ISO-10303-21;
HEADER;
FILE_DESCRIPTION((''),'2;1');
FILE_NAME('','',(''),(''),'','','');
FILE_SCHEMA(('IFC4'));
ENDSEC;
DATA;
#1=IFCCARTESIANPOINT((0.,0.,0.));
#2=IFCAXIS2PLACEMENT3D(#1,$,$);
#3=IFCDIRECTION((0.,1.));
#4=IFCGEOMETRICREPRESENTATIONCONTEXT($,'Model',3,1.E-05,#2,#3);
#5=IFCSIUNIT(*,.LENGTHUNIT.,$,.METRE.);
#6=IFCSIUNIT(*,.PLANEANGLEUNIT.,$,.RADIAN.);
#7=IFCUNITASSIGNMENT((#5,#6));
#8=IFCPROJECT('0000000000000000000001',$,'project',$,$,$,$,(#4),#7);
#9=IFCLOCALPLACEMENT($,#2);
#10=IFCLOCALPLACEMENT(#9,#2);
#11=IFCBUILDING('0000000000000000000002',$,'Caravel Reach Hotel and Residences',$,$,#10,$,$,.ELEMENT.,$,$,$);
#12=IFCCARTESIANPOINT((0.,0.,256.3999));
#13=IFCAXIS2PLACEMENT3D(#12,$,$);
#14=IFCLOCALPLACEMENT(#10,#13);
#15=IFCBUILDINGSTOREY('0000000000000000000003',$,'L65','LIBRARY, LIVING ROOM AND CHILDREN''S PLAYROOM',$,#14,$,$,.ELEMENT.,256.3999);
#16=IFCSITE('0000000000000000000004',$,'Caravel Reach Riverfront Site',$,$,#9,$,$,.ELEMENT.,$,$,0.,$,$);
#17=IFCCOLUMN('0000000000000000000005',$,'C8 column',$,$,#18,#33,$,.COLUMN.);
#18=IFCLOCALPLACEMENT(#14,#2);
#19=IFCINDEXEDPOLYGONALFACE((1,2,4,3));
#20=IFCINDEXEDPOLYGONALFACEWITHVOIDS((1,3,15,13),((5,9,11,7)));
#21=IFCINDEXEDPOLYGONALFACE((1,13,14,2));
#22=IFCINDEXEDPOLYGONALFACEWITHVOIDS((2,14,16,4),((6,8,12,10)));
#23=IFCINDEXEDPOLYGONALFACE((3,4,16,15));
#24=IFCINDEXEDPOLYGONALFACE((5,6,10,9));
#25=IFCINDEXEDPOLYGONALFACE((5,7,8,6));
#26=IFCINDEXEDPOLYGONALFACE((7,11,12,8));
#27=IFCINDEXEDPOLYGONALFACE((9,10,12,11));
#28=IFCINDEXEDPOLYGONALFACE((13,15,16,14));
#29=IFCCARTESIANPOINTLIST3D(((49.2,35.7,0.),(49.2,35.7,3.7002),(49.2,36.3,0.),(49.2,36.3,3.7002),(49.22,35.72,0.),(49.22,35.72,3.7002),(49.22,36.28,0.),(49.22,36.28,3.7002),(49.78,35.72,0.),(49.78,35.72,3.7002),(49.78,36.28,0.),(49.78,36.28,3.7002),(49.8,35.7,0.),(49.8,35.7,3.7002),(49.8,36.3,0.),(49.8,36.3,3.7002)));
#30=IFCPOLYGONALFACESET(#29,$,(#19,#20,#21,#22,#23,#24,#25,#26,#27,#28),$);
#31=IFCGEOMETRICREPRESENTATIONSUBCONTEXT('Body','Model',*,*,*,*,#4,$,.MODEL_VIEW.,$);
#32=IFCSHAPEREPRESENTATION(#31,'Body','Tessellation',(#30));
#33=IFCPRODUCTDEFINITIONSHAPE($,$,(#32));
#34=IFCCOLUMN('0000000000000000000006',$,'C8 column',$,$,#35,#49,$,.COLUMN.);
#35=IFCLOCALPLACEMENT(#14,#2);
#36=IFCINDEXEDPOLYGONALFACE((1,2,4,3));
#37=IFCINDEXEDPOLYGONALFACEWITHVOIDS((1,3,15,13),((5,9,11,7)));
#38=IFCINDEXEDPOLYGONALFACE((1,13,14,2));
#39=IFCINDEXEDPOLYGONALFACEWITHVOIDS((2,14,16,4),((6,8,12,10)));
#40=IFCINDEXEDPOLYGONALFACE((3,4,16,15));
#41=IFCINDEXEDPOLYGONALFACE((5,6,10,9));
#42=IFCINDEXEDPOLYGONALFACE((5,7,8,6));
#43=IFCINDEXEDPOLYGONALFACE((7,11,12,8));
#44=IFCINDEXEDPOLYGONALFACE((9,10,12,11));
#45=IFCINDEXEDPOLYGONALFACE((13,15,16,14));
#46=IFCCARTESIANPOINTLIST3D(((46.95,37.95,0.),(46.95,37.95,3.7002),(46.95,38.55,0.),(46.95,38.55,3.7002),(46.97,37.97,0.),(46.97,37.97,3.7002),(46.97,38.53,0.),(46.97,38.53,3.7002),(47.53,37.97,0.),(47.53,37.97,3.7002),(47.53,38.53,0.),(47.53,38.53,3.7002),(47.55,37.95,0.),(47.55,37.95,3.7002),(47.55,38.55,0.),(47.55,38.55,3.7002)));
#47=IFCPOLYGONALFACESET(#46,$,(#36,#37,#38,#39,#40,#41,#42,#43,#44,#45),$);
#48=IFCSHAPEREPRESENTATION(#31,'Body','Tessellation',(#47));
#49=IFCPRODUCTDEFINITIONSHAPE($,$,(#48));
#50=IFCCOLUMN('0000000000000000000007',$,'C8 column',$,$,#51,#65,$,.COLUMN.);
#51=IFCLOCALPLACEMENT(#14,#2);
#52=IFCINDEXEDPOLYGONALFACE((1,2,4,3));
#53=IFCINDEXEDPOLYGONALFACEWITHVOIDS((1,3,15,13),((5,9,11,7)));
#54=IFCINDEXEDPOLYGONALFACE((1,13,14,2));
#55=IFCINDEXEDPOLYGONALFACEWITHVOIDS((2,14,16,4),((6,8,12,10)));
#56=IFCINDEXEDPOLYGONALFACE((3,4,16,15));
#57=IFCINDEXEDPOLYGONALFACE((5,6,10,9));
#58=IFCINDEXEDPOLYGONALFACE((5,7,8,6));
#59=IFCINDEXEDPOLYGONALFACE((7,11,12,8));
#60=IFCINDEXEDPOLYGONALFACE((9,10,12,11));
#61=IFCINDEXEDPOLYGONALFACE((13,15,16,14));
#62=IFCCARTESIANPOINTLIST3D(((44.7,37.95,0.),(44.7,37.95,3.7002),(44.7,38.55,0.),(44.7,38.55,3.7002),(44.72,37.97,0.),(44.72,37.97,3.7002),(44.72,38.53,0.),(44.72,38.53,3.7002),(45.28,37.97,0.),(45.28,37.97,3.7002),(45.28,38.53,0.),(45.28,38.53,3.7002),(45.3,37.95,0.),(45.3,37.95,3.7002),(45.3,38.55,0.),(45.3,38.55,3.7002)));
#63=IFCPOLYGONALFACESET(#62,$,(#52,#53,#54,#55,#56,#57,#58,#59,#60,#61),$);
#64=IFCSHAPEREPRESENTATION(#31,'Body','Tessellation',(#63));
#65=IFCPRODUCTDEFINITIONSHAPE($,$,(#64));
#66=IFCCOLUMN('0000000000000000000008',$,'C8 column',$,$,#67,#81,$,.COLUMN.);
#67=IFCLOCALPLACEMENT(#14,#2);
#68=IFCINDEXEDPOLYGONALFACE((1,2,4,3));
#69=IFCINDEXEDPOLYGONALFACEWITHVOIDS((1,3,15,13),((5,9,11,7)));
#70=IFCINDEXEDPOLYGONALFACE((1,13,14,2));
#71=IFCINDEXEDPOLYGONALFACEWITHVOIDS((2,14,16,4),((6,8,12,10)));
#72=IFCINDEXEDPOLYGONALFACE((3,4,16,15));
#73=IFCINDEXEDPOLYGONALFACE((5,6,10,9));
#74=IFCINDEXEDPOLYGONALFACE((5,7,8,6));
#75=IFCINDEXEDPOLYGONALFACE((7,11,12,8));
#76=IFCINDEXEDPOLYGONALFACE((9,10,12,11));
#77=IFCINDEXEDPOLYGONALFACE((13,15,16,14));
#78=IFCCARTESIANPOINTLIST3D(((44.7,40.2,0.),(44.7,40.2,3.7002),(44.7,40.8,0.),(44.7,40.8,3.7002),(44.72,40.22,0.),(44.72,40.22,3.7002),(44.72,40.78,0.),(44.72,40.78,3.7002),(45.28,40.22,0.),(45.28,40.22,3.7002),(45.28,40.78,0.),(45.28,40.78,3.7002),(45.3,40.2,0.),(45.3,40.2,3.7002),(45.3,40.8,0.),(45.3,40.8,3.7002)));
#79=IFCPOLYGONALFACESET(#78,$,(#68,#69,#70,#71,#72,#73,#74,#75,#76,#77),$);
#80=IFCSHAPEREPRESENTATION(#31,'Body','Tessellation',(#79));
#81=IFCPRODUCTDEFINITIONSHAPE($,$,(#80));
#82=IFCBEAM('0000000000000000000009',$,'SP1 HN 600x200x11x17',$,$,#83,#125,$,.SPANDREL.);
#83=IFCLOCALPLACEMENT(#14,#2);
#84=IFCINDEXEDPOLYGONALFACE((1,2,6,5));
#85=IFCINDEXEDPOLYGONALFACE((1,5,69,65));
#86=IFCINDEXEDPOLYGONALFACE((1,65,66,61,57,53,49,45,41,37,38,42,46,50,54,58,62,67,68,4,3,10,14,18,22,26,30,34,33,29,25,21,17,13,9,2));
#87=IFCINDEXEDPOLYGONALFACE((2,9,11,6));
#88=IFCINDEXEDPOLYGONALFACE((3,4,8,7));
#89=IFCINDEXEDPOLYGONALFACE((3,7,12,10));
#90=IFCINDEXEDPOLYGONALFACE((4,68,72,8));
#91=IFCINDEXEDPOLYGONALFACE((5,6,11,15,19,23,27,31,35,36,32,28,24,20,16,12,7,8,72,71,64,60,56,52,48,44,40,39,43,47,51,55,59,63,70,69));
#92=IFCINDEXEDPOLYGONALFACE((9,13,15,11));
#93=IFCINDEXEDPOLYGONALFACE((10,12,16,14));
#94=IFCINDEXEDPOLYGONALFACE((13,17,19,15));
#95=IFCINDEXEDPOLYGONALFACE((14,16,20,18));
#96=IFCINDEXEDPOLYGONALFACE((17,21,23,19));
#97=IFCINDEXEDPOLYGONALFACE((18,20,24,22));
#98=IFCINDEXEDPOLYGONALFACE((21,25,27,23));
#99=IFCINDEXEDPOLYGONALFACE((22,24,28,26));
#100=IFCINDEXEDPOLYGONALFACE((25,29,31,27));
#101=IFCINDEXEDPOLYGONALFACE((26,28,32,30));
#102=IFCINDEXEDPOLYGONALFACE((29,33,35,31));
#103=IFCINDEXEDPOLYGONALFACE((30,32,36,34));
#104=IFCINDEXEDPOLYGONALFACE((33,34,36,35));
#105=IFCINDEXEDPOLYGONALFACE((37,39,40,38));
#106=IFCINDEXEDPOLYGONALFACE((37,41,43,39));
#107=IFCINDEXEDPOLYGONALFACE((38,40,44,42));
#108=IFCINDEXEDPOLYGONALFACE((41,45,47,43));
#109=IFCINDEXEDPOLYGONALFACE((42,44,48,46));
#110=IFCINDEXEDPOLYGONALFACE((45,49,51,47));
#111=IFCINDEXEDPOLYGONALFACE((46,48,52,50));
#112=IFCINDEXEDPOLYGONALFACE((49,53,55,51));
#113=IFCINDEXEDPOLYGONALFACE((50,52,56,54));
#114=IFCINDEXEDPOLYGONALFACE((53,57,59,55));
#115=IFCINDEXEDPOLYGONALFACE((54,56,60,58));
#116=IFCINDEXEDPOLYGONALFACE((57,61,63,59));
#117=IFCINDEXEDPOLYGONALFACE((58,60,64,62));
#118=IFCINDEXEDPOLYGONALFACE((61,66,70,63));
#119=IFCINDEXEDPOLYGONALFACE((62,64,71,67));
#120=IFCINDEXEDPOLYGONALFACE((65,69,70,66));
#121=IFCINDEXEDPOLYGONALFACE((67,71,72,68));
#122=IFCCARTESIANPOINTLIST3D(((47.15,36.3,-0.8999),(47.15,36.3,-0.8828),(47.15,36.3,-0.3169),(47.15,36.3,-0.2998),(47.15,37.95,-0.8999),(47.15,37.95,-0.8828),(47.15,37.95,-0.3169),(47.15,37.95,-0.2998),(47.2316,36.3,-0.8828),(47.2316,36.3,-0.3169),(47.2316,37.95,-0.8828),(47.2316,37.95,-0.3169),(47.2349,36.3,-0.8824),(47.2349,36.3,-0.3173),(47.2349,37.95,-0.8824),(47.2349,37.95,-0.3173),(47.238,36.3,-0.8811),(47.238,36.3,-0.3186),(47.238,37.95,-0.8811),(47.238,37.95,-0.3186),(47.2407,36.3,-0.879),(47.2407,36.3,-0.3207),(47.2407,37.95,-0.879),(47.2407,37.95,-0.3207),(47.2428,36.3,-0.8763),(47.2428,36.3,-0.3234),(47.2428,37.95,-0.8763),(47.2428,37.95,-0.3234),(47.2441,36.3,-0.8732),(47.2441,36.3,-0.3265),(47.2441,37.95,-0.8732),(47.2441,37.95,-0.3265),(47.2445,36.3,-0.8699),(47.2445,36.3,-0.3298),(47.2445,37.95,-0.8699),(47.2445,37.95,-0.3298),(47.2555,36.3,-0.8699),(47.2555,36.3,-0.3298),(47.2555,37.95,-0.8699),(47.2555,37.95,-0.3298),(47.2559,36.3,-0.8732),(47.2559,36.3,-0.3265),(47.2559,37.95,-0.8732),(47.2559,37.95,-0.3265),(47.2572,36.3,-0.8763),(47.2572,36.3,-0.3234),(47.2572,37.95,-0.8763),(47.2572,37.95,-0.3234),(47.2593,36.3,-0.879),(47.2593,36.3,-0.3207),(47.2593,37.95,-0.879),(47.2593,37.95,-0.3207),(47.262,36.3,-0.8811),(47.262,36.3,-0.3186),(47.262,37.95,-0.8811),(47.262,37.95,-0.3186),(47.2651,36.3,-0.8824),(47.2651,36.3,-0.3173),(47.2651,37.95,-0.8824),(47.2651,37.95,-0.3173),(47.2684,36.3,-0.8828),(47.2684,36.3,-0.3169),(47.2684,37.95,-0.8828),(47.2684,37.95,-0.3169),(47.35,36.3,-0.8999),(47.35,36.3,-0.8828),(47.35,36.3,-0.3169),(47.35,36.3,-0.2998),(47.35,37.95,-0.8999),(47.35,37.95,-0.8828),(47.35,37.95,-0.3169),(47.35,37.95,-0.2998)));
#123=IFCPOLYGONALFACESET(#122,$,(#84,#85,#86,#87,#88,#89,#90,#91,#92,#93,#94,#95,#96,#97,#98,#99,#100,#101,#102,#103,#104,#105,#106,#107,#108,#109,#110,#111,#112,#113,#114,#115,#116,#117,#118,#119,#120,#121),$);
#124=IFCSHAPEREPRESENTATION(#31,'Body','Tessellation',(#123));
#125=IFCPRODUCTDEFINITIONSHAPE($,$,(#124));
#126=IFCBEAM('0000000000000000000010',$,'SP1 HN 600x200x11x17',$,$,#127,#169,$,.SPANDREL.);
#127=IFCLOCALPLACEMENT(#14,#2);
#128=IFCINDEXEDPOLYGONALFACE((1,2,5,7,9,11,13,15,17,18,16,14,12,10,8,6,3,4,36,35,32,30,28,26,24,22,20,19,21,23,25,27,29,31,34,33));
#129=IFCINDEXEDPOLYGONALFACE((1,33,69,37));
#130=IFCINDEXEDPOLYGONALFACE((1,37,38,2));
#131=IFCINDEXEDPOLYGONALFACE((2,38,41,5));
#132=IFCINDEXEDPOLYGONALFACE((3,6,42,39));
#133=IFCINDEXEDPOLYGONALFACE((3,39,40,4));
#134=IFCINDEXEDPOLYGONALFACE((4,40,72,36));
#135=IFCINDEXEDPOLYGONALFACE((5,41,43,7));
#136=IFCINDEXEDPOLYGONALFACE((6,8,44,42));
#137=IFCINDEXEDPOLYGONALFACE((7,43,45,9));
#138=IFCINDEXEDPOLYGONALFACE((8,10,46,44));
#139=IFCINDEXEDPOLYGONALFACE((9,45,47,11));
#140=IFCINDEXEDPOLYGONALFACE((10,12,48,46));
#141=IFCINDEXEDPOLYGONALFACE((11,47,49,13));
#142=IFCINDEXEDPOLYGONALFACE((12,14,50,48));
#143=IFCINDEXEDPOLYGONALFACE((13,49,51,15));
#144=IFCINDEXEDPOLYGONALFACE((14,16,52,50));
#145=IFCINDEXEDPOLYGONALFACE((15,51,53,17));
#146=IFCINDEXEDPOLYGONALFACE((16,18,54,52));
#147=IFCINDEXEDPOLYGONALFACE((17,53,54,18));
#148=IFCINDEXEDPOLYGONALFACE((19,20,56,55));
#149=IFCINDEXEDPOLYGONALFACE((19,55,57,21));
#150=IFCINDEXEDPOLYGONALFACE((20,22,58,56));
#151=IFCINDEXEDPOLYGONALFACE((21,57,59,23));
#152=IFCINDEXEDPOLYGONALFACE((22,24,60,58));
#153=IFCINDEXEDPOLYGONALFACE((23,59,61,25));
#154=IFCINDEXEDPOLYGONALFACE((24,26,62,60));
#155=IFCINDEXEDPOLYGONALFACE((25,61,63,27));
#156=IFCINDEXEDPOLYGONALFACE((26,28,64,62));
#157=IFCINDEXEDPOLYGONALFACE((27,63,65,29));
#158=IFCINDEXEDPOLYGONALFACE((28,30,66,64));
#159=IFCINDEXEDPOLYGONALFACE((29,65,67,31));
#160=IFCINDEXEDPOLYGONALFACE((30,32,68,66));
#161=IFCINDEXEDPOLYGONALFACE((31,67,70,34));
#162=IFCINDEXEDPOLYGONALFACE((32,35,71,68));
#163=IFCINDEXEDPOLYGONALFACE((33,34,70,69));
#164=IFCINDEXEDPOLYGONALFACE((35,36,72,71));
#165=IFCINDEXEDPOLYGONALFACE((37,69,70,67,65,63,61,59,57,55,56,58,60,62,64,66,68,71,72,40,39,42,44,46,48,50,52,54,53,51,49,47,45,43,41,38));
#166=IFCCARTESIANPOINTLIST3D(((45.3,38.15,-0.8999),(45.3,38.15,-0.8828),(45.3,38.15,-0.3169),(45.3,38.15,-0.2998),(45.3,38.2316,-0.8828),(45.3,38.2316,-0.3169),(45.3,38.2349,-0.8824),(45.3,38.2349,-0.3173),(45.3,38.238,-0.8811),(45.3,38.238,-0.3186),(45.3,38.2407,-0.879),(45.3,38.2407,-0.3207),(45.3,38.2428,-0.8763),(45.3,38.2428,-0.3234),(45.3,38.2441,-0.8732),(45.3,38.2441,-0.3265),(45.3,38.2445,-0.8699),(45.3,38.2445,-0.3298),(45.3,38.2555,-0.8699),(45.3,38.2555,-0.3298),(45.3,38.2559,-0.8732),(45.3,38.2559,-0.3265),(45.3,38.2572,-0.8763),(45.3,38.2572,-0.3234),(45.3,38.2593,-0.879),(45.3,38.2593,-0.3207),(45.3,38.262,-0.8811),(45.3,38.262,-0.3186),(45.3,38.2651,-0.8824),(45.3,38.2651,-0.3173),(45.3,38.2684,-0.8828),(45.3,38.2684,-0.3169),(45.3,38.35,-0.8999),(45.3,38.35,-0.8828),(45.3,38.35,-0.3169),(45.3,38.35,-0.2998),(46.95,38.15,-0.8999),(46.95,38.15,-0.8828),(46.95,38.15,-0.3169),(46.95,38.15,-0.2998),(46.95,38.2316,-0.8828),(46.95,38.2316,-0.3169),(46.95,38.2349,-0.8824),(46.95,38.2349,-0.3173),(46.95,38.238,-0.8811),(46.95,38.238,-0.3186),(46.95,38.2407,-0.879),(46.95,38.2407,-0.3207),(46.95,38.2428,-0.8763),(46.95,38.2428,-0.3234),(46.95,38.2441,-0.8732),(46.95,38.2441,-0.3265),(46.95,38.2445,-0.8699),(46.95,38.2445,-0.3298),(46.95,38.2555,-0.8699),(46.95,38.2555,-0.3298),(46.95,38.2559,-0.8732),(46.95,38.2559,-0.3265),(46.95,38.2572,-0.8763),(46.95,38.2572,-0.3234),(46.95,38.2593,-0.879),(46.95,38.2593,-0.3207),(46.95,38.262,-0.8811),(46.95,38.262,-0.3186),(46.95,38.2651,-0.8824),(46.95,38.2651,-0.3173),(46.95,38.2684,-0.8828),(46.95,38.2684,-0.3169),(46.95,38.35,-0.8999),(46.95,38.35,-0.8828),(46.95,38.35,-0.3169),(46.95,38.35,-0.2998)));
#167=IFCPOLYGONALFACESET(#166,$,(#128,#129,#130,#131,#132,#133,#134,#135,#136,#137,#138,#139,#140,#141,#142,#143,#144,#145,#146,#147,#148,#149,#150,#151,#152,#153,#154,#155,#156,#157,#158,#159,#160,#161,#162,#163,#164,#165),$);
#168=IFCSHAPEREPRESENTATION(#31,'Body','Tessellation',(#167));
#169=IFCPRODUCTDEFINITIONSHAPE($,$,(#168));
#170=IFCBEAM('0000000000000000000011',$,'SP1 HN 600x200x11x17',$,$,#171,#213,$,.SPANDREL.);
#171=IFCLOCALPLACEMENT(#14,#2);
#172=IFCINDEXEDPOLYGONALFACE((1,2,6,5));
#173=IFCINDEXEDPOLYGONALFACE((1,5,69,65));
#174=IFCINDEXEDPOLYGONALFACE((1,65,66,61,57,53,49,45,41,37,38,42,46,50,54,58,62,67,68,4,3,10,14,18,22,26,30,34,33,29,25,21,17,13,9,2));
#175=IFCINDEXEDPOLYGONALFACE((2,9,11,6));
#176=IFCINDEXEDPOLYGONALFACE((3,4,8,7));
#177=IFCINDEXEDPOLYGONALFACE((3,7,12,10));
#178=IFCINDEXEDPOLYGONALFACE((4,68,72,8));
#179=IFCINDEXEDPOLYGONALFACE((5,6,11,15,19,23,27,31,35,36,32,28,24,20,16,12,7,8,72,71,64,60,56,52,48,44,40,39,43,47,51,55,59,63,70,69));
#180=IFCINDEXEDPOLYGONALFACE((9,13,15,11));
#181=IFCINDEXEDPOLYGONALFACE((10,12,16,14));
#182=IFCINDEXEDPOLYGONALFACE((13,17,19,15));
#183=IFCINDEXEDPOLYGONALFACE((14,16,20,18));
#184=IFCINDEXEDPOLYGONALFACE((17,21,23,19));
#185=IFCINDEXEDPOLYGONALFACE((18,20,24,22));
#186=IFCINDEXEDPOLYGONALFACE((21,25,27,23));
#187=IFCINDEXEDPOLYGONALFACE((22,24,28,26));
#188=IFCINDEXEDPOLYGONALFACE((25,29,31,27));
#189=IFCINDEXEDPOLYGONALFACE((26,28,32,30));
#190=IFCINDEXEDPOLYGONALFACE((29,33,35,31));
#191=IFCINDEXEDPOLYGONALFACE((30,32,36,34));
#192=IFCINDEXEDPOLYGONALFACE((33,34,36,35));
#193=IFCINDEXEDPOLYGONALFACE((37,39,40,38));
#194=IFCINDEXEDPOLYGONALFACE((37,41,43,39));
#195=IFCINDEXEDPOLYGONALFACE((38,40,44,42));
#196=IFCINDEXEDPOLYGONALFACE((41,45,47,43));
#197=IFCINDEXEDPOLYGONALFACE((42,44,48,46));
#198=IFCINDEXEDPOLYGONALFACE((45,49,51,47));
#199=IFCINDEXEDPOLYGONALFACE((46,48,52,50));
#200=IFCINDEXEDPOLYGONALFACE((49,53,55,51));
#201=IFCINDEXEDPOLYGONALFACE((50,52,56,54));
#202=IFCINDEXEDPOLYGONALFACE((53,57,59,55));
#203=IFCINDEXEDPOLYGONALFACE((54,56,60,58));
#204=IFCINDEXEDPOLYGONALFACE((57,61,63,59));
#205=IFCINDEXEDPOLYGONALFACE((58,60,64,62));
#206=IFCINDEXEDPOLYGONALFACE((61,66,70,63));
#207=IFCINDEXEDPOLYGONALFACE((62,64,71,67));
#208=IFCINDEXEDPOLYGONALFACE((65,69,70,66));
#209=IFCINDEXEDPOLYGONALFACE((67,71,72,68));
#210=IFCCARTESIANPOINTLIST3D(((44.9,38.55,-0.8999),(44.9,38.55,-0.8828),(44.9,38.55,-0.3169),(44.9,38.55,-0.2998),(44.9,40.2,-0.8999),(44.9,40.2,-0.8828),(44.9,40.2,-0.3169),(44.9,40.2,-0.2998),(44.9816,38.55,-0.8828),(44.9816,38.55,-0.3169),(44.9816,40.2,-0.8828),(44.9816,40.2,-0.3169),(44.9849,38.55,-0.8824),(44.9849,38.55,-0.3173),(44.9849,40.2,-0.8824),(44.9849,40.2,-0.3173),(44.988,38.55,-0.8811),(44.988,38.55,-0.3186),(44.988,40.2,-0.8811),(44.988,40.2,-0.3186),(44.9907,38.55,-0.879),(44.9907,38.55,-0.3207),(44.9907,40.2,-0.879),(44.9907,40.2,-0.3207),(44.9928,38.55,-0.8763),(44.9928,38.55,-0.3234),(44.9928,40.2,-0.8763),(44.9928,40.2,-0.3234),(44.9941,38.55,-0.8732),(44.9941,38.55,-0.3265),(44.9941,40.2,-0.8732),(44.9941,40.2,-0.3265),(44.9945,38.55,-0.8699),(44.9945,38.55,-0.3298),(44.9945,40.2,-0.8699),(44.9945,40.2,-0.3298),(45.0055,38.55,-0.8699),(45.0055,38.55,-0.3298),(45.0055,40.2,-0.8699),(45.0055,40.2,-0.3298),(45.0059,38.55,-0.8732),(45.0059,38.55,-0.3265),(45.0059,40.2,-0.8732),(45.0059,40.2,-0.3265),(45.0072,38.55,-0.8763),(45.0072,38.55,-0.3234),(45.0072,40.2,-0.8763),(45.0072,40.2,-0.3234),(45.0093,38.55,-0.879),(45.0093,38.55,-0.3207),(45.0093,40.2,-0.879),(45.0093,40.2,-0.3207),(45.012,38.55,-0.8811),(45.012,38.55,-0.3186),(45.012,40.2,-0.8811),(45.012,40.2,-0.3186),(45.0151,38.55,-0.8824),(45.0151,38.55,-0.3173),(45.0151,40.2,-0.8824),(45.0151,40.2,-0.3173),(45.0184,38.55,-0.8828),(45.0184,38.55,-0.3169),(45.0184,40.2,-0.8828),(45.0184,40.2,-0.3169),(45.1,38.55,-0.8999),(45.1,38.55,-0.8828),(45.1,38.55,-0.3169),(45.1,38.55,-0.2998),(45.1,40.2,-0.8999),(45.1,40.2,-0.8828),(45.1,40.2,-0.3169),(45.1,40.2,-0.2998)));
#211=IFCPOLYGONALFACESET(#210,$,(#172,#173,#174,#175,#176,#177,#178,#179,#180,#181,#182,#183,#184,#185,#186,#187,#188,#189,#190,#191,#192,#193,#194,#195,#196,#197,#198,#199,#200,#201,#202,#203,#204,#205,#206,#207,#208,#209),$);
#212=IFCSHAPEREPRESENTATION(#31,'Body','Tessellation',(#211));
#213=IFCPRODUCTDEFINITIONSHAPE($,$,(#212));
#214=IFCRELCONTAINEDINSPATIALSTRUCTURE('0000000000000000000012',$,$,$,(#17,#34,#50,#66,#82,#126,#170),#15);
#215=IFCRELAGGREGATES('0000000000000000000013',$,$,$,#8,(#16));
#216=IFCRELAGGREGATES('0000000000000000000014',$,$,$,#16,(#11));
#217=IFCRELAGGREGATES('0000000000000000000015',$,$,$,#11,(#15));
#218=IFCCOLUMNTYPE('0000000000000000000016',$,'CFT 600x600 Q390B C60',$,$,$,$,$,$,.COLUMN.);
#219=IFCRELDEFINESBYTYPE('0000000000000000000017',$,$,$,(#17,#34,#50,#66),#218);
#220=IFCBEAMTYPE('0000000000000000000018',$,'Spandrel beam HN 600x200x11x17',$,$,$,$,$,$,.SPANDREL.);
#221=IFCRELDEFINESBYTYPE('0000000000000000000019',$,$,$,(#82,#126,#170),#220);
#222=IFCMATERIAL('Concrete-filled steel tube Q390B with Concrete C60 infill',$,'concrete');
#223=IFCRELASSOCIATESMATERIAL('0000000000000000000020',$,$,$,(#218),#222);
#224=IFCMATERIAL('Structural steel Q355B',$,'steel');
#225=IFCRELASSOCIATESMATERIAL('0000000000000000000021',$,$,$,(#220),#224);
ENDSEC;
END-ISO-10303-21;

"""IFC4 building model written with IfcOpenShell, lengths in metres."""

from ifc_helpers import new_model, si_unit, direction, frame, origin, origin_2d, place, context, subcontext, project, spatial, hollow_rectangle, i_section, extrude, material, material_profile, profile_set, type_object, element, save


model = new_model("IFC4")

# Units and contexts
model_context = context("Model", 3, precision=1e-05, world=origin(), true_north=direction((0.0, 1.0)))
body_context = subcontext(model_context, "Body", "Model", "MODEL_VIEW")
ifc_project = project(units=[si_unit("LENGTHUNIT", "METRE"), si_unit("PLANEANGLEUNIT", "RADIAN")], contexts=[model_context])

# Site, building, storey
site_placement = place(None, origin())
site = spatial("IfcSite", under=ifc_project, at=site_placement, Name="Caravel Reach Riverfront Site", CompositionType="ELEMENT", RefElevation=0.0)
building_placement = place(site_placement, origin())
building = spatial("IfcBuilding", under=site, at=building_placement, Name="Caravel Reach Hotel and Residences", CompositionType="ELEMENT")
storey_placement = place(building_placement, frame((0.0, 0.0, 256.3999)))
storey = spatial("IfcBuildingStorey", under=building, at=storey_placement, Name="L65", Description="LIBRARY, LIVING ROOM AND CHILDREN'S PLAYROOM", CompositionType="ELEMENT", Elevation=256.3999)

# Columns
ifc_material_1 = material(Name="Concrete-filled steel tube Q390B with Concrete C60 infill", Category="concrete")
ifc_material_profile_1 = material_profile(ifc_material_1, hollow_rectangle(XDim=0.6001, YDim=0.6001, WallThickness=0.02, at=origin_2d()), Name="RHS 600x600x20")
ifc_profile_set_1 = profile_set([ifc_material_profile_1], Name="Concrete-filled steel tube Q390B with Concrete C60 infill")
column_type = type_object("IfcColumnType", Name="CFT 600x600 Q390B C60", PredefinedType="COLUMN", material=ifc_profile_set_1)
for number, where, z_axis, x_axis, name in (
    (1, (49.5, 36.0, 0.0), (0.0, 0.0, 1.0), (1.0, 0.0, 0.0), "C8 column"),
    (2, (47.25, 38.25, 0.0), (0.0, 0.0, 1.0), (1.0, 0.0, 0.0), "C8 column"),
    (3, (45.0, 38.25, 0.0), (0.0, 0.0, 1.0), (1.0, 0.0, 0.0), "C8 column"),
    (4, (45.0, 40.5, 0.0), (0.0, 0.0, 1.0), (1.0, 0.0, 0.0), "C8 column"),
):
    element("IfcColumn", number, at=place(storey_placement, frame(where, z_axis=z_axis, x_axis=x_axis)), inside=storey, type_object=column_type, Name=name, PredefinedType="COLUMN", context=body_context, shape_type="SweptSolid", body=[
        extrude(hollow_rectangle(XDim=0.6001, YDim=0.6001, WallThickness=0.02, at=origin_2d()), origin(), (0.0, 0.0, 1.0), 3.7002),
    ])

# Beams
ifc_material_2 = material(Name="Structural steel Q355B", Category="steel")
ifc_material_profile_2 = material_profile(ifc_material_2, i_section(OverallWidth=0.2, OverallDepth=0.6001, WebThickness=0.011, FlangeThickness=0.0171, FilletRadius=0.0129, at=origin_2d()), Name="HN 600x200x11x17")
ifc_profile_set_2 = profile_set([ifc_material_profile_2], Name="Structural steel Q355B")
beam_type = type_object("IfcBeamType", Name="Spandrel beam HN 600x200x11x17", PredefinedType="SPANDREL", material=ifc_profile_set_2)
for number, where, z_axis, x_axis, name in (
    (5, (47.25, 36.3, -0.5999), (0.0, 1.0, 0.0), (-1.0, 0.0, 0.0), "SP1 HN 600x200x11x17"),
    (6, (46.95, 38.25, -0.5999), (-1.0, 0.0, 0.0), (0.0, -1.0, 0.0), "SP1 HN 600x200x11x17"),
    (7, (45.0, 38.55, -0.5999), (0.0, 1.0, 0.0), (-1.0, 0.0, 0.0), "SP1 HN 600x200x11x17"),
):
    element("IfcBeam", number, at=place(storey_placement, frame(where, z_axis=z_axis, x_axis=x_axis)), inside=storey, type_object=beam_type, Name=name, PredefinedType="SPANDREL", context=body_context, shape_type="SweptSolid", body=[
        extrude(i_section(OverallWidth=0.2, OverallDepth=0.6001, WebThickness=0.011, FlangeThickness=0.0171, FilletRadius=0.0129, at=origin_2d()), origin(), (0.0, 0.0, 1.0), 1.6499),
    ])

save(model, "model.ifc")
